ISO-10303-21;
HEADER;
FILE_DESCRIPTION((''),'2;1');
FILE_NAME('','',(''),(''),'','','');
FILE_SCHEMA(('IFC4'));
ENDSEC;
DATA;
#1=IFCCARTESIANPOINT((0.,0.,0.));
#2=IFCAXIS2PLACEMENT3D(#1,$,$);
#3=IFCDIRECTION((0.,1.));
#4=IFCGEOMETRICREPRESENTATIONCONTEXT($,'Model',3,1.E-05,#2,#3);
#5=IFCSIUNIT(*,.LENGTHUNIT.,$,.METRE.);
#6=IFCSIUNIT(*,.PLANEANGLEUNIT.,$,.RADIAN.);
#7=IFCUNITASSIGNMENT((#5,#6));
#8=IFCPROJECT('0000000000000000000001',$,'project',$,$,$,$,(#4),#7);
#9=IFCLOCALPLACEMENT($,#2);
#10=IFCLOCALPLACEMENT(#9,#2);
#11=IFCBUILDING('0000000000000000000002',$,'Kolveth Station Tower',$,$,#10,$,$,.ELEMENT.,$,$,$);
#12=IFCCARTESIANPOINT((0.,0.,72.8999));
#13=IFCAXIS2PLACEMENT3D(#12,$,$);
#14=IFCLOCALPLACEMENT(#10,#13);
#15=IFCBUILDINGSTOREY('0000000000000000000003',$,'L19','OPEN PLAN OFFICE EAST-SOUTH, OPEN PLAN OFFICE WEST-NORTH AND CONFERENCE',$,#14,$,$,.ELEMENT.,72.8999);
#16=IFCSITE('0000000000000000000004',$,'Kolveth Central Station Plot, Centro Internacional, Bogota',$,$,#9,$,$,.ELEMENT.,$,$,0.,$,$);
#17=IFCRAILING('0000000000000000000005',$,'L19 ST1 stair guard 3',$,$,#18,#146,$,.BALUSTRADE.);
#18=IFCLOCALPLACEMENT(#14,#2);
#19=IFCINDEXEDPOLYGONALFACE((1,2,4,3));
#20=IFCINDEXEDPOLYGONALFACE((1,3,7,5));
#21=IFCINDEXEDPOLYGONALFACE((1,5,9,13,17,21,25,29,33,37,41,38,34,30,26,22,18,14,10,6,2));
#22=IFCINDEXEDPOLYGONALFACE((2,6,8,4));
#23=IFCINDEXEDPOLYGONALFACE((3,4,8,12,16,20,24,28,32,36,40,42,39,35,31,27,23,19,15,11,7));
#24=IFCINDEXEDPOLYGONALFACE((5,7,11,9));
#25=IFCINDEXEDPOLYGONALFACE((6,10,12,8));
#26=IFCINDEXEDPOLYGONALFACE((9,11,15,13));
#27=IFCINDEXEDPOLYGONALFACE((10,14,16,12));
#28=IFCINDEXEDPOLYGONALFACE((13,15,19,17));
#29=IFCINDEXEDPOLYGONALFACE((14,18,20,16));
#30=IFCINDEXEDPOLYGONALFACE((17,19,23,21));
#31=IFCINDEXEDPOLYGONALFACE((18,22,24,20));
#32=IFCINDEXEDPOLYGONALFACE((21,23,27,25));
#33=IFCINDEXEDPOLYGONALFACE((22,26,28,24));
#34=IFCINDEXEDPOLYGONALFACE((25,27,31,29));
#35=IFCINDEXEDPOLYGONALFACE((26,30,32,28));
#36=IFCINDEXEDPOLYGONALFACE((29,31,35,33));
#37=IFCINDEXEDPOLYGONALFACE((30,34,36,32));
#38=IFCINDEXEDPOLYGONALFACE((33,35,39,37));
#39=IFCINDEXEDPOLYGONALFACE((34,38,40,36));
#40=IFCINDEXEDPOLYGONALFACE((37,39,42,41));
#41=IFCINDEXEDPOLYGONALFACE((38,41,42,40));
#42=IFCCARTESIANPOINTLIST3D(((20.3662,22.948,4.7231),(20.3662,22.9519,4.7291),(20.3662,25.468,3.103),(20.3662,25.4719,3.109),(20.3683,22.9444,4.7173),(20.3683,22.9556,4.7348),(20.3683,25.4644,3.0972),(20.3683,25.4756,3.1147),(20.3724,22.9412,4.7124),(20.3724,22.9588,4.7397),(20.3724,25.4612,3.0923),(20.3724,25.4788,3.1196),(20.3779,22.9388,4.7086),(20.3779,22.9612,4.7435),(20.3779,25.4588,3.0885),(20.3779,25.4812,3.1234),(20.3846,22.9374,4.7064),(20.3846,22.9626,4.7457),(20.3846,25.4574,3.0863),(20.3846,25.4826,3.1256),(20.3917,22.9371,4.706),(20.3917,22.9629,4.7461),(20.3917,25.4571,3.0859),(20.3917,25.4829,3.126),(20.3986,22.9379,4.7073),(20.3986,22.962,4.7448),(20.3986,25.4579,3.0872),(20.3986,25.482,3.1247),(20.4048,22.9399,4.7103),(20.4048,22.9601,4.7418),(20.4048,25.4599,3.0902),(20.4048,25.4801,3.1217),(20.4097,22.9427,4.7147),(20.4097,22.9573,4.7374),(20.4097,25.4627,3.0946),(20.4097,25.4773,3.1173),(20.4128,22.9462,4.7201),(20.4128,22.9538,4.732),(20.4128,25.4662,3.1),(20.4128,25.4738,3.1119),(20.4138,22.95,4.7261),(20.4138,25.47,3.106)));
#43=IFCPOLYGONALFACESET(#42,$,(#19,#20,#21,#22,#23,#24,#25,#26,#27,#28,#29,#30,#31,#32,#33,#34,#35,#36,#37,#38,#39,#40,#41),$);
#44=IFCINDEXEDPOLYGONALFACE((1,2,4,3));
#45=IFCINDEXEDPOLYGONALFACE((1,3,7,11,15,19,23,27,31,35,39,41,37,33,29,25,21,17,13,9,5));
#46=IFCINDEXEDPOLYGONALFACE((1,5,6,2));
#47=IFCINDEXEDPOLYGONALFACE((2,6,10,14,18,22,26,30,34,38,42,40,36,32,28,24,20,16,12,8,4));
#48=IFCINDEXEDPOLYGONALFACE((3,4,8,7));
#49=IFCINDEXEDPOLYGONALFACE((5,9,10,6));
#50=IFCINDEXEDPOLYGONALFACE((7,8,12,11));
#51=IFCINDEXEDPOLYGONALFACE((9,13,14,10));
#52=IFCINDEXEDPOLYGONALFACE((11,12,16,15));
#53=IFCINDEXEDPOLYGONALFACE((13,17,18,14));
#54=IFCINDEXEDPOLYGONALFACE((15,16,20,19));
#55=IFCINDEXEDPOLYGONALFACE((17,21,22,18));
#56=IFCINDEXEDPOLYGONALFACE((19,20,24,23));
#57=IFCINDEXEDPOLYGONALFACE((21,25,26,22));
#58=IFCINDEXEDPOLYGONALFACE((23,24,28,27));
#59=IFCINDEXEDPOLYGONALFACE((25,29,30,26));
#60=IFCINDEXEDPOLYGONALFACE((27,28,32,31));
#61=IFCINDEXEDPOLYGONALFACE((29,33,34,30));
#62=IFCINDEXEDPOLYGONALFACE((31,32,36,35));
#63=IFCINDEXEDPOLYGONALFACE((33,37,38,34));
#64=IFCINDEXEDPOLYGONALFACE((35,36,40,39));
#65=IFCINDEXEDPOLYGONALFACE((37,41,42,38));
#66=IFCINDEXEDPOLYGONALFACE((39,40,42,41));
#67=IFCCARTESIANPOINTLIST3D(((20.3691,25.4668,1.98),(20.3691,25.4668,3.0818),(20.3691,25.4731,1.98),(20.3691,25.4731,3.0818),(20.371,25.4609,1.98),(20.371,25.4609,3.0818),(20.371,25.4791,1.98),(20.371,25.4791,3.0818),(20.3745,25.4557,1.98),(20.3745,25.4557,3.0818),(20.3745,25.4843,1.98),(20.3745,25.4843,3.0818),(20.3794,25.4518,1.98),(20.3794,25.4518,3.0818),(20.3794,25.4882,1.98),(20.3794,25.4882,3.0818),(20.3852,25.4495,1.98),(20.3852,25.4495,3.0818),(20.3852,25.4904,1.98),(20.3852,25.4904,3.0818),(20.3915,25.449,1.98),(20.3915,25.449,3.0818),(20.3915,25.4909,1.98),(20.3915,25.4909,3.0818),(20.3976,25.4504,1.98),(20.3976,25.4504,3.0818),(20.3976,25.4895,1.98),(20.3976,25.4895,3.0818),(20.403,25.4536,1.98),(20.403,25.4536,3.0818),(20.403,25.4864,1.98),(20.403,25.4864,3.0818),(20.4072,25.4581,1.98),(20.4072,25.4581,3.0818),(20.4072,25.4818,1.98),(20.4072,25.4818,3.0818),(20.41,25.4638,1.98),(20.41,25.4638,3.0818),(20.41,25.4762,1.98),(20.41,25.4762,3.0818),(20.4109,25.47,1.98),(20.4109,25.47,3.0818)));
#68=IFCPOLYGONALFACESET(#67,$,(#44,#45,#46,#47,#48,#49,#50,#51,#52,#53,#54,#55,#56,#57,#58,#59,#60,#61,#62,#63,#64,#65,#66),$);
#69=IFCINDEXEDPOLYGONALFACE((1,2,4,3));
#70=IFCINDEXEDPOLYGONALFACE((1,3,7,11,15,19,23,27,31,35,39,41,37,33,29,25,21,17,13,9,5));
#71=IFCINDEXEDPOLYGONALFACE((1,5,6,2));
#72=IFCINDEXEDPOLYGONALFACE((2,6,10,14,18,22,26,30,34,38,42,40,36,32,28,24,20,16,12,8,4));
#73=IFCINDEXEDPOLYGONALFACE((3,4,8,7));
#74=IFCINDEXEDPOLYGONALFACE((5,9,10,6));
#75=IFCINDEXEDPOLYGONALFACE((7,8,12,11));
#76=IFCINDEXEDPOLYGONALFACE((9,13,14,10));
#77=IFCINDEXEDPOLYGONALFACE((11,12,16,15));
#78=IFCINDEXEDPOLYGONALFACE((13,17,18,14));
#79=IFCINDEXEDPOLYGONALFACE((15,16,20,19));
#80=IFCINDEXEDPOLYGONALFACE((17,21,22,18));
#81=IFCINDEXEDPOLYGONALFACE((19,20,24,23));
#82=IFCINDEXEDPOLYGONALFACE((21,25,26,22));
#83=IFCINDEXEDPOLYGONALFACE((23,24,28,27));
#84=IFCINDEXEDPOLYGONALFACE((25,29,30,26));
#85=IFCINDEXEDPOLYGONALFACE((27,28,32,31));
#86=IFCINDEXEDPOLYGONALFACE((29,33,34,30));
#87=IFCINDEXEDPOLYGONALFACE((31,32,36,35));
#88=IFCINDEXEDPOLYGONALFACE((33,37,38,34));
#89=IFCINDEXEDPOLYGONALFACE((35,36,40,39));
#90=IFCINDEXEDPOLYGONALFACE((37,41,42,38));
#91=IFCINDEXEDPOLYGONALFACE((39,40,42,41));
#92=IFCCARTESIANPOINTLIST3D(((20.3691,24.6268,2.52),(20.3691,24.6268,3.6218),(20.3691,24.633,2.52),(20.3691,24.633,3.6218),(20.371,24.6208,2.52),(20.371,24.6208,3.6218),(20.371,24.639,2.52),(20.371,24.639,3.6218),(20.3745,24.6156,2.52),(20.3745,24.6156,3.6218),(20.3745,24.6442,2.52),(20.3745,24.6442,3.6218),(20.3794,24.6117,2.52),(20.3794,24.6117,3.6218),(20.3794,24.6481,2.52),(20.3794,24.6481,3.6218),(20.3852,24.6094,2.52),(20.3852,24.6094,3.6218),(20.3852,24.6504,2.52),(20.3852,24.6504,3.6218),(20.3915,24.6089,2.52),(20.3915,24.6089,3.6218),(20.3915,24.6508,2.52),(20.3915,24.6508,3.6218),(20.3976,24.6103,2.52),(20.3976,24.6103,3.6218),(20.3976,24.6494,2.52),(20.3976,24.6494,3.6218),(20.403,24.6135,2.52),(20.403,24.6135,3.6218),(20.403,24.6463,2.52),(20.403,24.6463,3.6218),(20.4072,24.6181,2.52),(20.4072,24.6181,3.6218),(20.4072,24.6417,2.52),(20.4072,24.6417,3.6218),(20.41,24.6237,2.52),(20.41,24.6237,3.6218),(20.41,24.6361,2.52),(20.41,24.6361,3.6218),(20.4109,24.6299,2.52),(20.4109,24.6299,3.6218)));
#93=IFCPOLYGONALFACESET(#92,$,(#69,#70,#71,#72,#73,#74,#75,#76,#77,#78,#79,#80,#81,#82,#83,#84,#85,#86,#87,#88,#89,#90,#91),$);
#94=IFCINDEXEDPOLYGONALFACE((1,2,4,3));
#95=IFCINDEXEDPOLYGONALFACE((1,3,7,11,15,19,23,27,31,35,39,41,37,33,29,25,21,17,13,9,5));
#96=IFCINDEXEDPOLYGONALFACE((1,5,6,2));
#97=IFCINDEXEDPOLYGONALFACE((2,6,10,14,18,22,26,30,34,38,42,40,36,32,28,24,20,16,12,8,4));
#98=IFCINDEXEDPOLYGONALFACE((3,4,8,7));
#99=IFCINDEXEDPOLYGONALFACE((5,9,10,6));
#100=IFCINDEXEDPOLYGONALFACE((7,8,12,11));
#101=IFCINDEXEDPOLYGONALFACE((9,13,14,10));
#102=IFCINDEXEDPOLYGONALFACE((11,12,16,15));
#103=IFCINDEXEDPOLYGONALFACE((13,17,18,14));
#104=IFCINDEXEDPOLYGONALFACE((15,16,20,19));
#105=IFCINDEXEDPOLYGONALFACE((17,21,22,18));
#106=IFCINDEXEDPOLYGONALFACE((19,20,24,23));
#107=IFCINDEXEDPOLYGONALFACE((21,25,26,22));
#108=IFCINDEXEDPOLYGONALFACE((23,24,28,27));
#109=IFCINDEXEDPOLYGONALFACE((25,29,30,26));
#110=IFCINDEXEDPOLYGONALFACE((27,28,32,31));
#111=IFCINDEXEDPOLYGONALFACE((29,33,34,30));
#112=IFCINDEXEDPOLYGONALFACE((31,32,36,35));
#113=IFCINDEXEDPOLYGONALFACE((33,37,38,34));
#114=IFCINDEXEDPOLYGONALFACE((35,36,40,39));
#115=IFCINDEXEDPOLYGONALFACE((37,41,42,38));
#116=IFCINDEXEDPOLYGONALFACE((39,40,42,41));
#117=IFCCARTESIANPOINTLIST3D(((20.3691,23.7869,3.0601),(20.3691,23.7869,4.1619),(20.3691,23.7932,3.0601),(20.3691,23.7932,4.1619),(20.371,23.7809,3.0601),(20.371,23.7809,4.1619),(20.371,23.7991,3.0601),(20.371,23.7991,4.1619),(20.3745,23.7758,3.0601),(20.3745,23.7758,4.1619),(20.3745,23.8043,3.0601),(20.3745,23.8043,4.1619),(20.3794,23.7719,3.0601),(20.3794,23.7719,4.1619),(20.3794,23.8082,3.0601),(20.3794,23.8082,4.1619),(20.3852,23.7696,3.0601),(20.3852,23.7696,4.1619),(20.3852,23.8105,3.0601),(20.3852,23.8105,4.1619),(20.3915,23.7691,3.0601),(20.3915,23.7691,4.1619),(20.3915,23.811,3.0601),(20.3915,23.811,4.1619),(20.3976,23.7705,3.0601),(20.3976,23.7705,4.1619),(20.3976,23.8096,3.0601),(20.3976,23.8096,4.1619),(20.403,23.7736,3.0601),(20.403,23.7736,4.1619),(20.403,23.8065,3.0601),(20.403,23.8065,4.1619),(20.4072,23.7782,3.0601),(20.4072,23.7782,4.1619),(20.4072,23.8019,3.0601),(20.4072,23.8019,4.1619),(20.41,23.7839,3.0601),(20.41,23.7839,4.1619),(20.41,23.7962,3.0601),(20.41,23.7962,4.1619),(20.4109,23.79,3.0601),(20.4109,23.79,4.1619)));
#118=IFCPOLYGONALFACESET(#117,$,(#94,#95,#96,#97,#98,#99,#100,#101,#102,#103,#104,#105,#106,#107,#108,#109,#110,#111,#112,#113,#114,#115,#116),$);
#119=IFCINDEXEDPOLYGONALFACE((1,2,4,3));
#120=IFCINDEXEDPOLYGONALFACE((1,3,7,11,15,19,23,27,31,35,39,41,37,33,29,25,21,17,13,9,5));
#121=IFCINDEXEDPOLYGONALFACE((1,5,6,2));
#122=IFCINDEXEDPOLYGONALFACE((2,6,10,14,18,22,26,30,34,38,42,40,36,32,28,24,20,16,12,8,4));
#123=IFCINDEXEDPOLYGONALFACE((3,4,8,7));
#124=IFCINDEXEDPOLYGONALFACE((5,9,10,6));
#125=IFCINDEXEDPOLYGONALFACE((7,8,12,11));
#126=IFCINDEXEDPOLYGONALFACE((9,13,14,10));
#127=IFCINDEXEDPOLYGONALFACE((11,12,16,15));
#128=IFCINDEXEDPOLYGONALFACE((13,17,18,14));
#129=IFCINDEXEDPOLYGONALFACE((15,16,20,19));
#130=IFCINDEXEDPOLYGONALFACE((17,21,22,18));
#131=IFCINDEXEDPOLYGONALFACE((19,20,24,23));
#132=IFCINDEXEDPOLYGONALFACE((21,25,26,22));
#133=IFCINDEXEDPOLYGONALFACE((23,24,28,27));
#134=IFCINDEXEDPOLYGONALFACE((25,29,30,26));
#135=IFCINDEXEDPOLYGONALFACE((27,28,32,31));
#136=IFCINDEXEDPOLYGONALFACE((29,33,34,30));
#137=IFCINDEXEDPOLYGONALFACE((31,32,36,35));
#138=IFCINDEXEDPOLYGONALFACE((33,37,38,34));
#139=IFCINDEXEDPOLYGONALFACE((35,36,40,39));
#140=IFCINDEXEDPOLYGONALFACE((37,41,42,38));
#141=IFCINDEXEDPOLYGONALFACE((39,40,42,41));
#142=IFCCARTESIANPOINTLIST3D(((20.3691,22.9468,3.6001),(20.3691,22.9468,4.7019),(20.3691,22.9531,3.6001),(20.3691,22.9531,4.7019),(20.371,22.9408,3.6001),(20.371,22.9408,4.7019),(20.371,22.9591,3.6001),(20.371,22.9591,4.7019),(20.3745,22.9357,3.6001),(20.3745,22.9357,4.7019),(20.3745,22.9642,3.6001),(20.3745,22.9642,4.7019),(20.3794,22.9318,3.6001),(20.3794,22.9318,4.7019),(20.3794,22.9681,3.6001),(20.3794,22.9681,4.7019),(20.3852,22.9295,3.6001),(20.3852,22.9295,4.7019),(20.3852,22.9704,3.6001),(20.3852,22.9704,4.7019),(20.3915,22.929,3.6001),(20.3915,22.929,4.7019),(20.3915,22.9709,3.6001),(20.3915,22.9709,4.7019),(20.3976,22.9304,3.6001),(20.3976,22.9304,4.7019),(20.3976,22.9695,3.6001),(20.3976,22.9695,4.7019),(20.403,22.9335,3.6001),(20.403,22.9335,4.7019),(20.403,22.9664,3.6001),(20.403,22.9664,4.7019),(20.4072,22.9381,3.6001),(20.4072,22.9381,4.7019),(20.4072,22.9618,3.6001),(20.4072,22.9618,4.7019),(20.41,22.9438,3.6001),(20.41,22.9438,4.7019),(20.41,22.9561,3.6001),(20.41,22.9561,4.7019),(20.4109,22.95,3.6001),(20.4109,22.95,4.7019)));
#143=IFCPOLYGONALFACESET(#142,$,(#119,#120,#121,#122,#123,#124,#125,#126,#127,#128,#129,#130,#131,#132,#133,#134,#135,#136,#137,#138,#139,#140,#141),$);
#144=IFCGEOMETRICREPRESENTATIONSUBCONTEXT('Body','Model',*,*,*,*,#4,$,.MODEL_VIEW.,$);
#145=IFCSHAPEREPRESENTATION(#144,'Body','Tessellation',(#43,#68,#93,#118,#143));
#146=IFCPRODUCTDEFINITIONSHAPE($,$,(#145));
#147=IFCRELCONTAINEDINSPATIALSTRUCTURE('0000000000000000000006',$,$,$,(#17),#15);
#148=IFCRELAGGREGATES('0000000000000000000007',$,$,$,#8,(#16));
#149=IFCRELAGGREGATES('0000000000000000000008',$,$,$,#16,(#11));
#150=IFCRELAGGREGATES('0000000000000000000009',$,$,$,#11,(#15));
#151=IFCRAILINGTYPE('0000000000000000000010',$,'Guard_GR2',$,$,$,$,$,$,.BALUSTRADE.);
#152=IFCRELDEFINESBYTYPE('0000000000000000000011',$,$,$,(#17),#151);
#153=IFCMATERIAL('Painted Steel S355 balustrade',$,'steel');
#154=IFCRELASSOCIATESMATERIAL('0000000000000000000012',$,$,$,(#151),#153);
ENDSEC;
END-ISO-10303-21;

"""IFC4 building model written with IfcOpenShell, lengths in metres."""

from ifc_helpers import new_model, si_unit, direction, frame, origin, origin_2d, place, context, subcontext, project, spatial, circle, extrude, material, type_object, element, save


model = new_model("IFC4")

# Units and contexts
model_context = context("Model", 3, precision=1e-05, world=origin(), true_north=direction((0.0, 1.0)))
body_context = subcontext(model_context, "Body", "Model", "MODEL_VIEW")
ifc_project = project(units=[si_unit("LENGTHUNIT", "METRE"), si_unit("PLANEANGLEUNIT", "RADIAN")], contexts=[model_context])

# Site, building, storey
site_placement = place(None, origin())
site = spatial("IfcSite", under=ifc_project, at=site_placement, Name="Kolveth Central Station Plot, Centro Internacional, Bogota", CompositionType="ELEMENT", RefElevation=0.0)
building_placement = place(site_placement, origin())
building = spatial("IfcBuilding", under=site, at=building_placement, Name="Kolveth Station Tower", CompositionType="ELEMENT")
storey_placement = place(building_placement, frame((0.0, 0.0, 72.8999)))
storey = spatial("IfcBuildingStorey", under=building, at=storey_placement, Name="L19", Description="OPEN PLAN OFFICE EAST-SOUTH, OPEN PLAN OFFICE WEST-NORTH AND CONFERENCE", CompositionType="ELEMENT", Elevation=72.8999)

# Railing
ifc_material_1 = material(Name="Painted Steel S355 balustrade", Category="steel")
railing_type_1 = type_object("IfcRailingType", Name="Guard_GR2", PredefinedType="BALUSTRADE", material=ifc_material_1)
railing_1_placement = place(storey_placement, frame((20.3899, 25.47, 1.98)))
element("IfcRailing", 1, at=railing_1_placement, inside=storey, type_object=railing_type_1, Name="L19 ST1 stair guard 3", PredefinedType="BALUSTRADE", context=body_context, shape_type="SweptSolid", body=[
    extrude(circle(Radius=0.0239, at=origin_2d()), frame((0.0, 0.0, 1.126), z_axis=(0.0, -0.841163, 0.540782), x_axis=(1.0, 0.0, 0.0)), (0.0, 0.0, 1.0), 2.9958),
    extrude(circle(Radius=0.021, at=origin_2d()), origin(), (0.0, 0.0, 1.0), 1.1018),
    extrude(circle(Radius=0.021, at=origin_2d()), frame((0.0, -0.8401, 0.54)), (0.0, 0.0, 1.0), 1.1018),
    extrude(circle(Radius=0.021, at=origin_2d()), frame((0.0, -1.6799, 1.0801)), (0.0, 0.0, 1.0), 1.1018),
    extrude(circle(Radius=0.021, at=origin_2d()), frame((0.0, -2.52, 1.6201)), (0.0, 0.0, 1.0), 1.1018),
])

save(model, "model.ifc")
